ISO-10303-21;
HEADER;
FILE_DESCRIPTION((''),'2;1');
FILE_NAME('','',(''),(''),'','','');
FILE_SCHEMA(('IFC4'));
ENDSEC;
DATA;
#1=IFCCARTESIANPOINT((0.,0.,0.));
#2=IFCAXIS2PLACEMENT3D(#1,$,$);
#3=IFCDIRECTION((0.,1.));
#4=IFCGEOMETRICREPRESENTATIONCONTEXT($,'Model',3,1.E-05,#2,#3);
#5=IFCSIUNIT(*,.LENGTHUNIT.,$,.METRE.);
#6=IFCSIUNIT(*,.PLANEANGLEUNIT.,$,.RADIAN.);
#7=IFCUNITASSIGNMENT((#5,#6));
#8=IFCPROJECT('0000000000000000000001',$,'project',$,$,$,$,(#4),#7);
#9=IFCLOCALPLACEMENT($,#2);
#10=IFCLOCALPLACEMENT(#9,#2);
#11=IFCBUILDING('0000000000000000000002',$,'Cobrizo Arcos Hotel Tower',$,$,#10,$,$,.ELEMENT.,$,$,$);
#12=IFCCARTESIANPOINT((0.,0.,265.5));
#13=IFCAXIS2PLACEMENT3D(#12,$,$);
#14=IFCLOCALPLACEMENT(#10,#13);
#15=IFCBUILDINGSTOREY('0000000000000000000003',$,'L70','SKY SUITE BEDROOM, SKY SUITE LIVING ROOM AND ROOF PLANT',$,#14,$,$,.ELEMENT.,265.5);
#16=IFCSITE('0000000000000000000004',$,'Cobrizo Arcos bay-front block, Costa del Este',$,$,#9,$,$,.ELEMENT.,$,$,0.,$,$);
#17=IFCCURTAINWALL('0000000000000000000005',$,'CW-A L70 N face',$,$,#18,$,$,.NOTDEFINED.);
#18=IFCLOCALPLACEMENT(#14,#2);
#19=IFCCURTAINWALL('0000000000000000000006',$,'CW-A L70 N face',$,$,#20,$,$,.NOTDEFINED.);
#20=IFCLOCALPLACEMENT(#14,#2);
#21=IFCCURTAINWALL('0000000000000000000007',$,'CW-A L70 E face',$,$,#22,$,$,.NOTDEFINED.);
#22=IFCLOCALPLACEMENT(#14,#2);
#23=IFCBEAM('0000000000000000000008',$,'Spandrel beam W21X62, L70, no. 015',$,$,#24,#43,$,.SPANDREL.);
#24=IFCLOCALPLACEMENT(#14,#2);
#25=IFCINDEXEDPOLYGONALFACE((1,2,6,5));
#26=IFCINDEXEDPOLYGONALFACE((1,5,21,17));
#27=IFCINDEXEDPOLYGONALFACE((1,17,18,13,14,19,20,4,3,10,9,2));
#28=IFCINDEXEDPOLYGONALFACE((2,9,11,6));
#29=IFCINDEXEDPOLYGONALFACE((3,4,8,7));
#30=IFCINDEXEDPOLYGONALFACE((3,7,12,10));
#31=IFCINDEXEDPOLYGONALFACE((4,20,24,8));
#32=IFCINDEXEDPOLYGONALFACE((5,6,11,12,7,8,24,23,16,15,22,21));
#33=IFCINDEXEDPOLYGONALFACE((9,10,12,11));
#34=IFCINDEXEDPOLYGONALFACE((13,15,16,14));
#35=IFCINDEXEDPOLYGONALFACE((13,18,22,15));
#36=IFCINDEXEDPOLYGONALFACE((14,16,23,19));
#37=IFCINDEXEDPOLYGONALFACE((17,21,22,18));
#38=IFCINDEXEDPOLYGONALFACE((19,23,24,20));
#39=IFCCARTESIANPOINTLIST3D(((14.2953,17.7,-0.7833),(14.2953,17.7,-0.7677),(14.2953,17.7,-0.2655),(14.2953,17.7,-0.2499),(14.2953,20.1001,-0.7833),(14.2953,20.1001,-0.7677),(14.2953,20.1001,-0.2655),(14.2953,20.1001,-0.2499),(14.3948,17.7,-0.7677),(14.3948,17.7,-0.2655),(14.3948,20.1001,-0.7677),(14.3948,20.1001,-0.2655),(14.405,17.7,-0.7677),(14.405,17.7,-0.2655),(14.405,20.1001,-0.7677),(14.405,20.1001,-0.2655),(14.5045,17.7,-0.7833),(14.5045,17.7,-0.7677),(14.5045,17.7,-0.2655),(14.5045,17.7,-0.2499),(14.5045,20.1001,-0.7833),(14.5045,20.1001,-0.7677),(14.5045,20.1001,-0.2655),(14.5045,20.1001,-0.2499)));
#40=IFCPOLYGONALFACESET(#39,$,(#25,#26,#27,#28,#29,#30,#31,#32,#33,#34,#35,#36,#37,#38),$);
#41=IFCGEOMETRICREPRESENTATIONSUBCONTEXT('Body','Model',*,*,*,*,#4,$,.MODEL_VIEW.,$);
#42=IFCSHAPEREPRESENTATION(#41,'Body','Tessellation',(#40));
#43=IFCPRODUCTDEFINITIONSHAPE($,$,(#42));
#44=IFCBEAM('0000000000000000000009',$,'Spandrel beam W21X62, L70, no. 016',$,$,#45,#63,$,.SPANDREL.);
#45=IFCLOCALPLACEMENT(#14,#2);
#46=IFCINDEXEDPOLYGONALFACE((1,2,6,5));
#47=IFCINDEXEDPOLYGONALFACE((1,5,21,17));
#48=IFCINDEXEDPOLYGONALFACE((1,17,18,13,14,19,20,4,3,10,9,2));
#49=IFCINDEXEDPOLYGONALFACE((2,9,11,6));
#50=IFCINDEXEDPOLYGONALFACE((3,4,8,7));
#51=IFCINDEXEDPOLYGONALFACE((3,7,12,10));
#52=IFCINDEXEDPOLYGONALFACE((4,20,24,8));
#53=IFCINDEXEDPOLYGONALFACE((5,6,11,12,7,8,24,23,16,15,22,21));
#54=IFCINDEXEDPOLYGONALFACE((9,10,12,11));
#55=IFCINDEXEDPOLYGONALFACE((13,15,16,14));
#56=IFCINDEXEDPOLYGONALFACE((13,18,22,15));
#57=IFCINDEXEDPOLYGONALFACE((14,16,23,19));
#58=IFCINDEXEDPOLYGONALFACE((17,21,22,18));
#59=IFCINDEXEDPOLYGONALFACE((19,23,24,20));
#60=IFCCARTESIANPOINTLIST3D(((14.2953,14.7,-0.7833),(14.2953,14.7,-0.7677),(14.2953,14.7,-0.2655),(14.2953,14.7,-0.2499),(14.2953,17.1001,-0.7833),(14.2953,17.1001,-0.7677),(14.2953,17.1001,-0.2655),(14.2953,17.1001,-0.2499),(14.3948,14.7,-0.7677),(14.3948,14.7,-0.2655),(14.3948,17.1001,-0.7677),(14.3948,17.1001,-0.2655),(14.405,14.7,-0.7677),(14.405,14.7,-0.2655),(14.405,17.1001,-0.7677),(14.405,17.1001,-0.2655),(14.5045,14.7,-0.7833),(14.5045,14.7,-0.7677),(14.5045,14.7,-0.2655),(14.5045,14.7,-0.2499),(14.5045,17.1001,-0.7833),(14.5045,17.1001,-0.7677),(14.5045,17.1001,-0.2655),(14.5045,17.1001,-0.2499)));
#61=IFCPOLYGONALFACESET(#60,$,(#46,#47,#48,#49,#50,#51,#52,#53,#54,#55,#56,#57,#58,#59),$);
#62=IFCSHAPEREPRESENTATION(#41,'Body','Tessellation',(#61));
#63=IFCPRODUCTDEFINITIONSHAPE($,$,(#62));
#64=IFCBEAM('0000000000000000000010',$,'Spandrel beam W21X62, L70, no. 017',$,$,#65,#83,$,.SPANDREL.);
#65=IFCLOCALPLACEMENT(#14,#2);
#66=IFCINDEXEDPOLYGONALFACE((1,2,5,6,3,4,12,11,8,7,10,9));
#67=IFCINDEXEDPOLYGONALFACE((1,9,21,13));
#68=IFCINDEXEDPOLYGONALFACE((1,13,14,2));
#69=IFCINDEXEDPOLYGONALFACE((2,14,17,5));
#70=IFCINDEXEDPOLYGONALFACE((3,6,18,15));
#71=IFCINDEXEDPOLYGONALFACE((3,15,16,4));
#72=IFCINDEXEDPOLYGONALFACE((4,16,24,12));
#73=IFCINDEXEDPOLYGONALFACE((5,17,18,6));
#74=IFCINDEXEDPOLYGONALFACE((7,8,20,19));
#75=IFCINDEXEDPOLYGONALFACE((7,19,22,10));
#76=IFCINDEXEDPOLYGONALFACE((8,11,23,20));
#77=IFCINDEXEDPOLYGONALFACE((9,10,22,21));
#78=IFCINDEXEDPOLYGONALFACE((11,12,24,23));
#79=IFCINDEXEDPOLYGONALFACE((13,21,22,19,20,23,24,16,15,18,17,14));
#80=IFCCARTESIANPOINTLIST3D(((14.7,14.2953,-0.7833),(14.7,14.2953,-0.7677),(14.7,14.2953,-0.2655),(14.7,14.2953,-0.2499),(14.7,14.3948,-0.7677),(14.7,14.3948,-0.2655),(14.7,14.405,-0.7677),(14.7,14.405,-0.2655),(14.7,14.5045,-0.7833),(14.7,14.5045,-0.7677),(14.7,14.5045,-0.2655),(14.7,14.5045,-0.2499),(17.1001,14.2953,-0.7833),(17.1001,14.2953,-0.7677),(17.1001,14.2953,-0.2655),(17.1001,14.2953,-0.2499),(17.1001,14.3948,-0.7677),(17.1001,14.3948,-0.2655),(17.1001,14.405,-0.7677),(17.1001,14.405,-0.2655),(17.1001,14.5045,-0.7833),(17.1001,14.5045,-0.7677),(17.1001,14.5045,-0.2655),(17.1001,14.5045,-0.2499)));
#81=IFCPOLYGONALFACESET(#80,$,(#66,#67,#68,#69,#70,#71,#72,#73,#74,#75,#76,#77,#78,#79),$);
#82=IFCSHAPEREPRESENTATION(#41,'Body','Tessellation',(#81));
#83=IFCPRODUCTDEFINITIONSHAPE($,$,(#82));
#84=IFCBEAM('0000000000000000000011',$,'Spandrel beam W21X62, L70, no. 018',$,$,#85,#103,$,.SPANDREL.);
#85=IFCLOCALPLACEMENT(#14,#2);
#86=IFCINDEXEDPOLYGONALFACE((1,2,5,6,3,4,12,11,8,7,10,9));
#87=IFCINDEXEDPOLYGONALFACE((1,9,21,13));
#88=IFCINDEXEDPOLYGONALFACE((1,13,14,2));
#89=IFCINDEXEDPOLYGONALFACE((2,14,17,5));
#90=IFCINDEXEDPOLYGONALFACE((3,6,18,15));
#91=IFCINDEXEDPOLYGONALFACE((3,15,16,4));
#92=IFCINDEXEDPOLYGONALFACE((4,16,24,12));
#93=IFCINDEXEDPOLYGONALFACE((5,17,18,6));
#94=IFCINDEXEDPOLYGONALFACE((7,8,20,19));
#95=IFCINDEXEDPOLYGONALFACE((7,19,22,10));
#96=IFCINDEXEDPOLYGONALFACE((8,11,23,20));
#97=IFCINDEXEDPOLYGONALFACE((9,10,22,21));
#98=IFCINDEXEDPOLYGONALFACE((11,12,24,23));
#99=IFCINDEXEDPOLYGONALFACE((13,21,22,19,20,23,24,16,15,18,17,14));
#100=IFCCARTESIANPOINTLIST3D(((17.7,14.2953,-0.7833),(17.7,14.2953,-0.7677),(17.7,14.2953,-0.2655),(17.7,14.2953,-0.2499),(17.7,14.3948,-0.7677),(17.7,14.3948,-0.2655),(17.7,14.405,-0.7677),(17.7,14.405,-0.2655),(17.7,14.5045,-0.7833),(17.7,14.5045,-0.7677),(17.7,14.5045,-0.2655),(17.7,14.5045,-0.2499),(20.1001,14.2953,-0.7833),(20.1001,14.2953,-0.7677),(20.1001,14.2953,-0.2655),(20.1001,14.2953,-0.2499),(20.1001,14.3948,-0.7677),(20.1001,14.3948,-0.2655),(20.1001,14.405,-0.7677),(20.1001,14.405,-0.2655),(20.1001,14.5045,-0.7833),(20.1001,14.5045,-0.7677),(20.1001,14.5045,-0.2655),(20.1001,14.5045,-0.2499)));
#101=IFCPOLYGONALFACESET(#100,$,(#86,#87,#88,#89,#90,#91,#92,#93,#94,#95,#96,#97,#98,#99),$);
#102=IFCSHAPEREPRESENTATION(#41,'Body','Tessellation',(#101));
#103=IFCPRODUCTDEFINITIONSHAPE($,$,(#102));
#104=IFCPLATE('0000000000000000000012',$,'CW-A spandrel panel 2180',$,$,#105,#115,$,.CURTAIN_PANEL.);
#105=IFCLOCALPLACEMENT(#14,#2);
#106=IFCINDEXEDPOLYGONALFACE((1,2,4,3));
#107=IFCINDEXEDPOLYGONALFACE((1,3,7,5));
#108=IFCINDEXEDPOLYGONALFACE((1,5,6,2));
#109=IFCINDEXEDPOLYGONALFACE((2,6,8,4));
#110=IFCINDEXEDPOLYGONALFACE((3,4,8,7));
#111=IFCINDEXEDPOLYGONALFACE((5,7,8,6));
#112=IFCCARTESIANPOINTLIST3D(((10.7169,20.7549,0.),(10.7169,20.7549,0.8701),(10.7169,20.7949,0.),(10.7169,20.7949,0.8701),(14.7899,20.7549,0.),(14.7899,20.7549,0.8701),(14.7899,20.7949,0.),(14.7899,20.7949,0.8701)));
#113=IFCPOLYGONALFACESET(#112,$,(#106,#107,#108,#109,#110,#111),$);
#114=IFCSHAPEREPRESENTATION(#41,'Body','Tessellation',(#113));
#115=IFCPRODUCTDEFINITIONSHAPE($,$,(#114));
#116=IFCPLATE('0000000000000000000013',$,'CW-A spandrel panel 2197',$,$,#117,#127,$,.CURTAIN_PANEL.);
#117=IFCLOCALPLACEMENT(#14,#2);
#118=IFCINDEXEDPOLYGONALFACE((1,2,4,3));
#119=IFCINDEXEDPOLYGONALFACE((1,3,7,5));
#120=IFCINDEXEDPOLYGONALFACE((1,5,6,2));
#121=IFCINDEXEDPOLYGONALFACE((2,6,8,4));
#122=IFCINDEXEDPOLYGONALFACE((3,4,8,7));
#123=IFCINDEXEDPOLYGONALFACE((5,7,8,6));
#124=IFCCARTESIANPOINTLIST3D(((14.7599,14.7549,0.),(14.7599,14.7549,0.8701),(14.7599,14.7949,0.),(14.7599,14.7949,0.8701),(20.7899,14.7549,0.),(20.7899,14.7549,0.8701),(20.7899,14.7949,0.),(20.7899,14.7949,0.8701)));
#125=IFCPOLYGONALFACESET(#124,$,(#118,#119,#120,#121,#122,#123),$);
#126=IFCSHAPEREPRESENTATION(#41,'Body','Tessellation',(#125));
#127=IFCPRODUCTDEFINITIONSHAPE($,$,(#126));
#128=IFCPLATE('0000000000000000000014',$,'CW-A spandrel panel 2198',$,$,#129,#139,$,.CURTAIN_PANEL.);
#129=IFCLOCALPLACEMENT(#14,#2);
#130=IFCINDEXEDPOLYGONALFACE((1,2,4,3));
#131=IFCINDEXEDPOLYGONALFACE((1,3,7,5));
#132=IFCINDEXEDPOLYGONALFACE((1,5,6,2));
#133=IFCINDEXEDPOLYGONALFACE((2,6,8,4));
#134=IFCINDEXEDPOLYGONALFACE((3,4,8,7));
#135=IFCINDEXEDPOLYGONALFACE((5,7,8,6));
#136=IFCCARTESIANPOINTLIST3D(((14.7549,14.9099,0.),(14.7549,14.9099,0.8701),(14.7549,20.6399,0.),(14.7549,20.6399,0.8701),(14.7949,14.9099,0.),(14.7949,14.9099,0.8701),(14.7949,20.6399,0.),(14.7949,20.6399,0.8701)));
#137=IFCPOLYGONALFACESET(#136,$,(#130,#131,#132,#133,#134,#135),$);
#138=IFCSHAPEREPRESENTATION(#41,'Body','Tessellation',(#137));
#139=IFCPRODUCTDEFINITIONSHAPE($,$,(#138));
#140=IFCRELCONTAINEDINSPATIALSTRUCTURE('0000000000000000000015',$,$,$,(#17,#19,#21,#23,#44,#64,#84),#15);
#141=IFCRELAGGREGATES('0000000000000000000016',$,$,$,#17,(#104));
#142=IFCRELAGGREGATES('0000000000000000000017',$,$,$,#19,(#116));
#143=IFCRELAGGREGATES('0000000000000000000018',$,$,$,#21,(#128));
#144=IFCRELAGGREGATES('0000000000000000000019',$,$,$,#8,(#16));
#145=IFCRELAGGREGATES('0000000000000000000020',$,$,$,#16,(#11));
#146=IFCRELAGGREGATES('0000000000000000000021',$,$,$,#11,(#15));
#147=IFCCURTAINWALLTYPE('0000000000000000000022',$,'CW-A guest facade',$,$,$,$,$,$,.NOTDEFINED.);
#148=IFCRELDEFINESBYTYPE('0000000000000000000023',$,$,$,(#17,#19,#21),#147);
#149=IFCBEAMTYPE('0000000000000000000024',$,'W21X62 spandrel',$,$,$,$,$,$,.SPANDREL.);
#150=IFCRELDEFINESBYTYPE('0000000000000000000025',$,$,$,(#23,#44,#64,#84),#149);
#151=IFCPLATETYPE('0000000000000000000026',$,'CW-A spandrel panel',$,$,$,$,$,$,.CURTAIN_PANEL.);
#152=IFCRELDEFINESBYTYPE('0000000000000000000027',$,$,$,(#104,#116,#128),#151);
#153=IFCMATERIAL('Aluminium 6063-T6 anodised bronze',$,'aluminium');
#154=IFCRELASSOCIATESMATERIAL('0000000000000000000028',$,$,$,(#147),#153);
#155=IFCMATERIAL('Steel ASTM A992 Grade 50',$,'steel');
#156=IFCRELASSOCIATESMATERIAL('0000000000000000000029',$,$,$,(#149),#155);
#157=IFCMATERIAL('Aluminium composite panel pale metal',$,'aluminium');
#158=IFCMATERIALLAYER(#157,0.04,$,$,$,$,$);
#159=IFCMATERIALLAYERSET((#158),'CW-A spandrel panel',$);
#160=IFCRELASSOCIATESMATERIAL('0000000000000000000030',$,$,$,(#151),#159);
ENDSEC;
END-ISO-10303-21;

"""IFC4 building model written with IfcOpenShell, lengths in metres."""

from ifc_helpers import new_model, si_unit, direction, frame, origin, origin_2d, place, context, subcontext, project, spatial, rectangle, i_section, extrude, material, layer, layer_set, material_profile, profile_set, type_object, element, aggregate, save


model = new_model("IFC4")

# Units and contexts
model_context = context("Model", 3, precision=1e-05, world=origin(), true_north=direction((0.0, 1.0)))
body_context = subcontext(model_context, "Body", "Model", "MODEL_VIEW")
ifc_project = project(units=[si_unit("LENGTHUNIT", "METRE"), si_unit("PLANEANGLEUNIT", "RADIAN")], contexts=[model_context])

# Site, building, storey
site_placement = place(None, origin())
site = spatial("IfcSite", under=ifc_project, at=site_placement, Name="Cobrizo Arcos bay-front block, Costa del Este", CompositionType="ELEMENT", RefElevation=0.0)
building_placement = place(site_placement, origin())
building = spatial("IfcBuilding", under=site, at=building_placement, Name="Cobrizo Arcos Hotel Tower", CompositionType="ELEMENT")
storey_placement = place(building_placement, frame((0.0, 0.0, 265.5)))
storey = spatial("IfcBuildingStorey", under=building, at=storey_placement, Name="L70", Description="SKY SUITE BEDROOM, SKY SUITE LIVING ROOM AND ROOF PLANT", CompositionType="ELEMENT", Elevation=265.5)

# Curtain wall
ifc_material_1 = material(Name="Aluminium 6063-T6 anodised bronze", Category="aluminium")
curtain_wall_type = type_object("IfcCurtainWallType", Name="CW-A guest facade", PredefinedType="NOTDEFINED", material=ifc_material_1)
curtain_wall_1_placement = place(storey_placement, origin())
curtain_wall_1 = element("IfcCurtainWall", 1, at=curtain_wall_1_placement, inside=storey, type_object=curtain_wall_type, Name="CW-A L70 N face", PredefinedType="NOTDEFINED")

# Curtain walls
curtain_wall_2_placement = place(storey_placement, origin())
curtain_wall_2 = element("IfcCurtainWall", 2, at=curtain_wall_2_placement, inside=storey, type_object=curtain_wall_type, Name="CW-A L70 N face", PredefinedType="NOTDEFINED")
curtain_wall_3_placement = place(storey_placement, origin())
curtain_wall_3 = element("IfcCurtainWall", 3, at=curtain_wall_3_placement, inside=storey, type_object=curtain_wall_type, Name="CW-A L70 E face", PredefinedType="NOTDEFINED")

# Beams
ifc_material_2 = material(Name="Steel ASTM A992 Grade 50", Category="steel")
ifc_material_profile_1 = material_profile(ifc_material_2, i_section(OverallWidth=0.2092, OverallDepth=0.5334, WebThickness=0.0103, FlangeThickness=0.0156, at=origin_2d()), Name="W21X62")
ifc_profile_set_1 = profile_set([ifc_material_profile_1], Name="Steel ASTM A992 Grade 50")
beam_type = type_object("IfcBeamType", Name="W21X62 spandrel", PredefinedType="SPANDREL", material=ifc_profile_set_1)
for number, where, z_axis, x_axis, name in (
    (4, (14.3999, 20.1001, -0.5166), (0.0, -1.0, 0.0), (1.0, 0.0, 0.0), "Spandrel beam W21X62, L70, no. 015"),
    (5, (14.3999, 17.1001, -0.5166), (0.0, -1.0, 0.0), (1.0, 0.0, 0.0), "Spandrel beam W21X62, L70, no. 016"),
    (6, (14.7, 14.3999, -0.5166), (1.0, 0.0, 0.0), (0.0, 1.0, 0.0), "Spandrel beam W21X62, L70, no. 017"),
    (7, (17.7, 14.3999, -0.5166), (1.0, 0.0, 0.0), (0.0, 1.0, 0.0), "Spandrel beam W21X62, L70, no. 018"),
):
    element("IfcBeam", number, at=place(storey_placement, frame(where, z_axis=z_axis, x_axis=x_axis)), inside=storey, type_object=beam_type, Name=name, PredefinedType="SPANDREL", context=body_context, shape_type="SweptSolid", body=[
        extrude(i_section(OverallWidth=0.2092, OverallDepth=0.5334, WebThickness=0.0103, FlangeThickness=0.0156, at=origin_2d()), origin(), (0.0, 0.0, 1.0), 2.4001),
    ])

# Plates
ifc_material_3 = material(Name="Aluminium composite panel pale metal", Category="aluminium")
ifc_layer = layer(ifc_material_3, 0.04)
ifc_layer_set = layer_set([ifc_layer], Name="CW-A spandrel panel")
plate_type = type_object("IfcPlateType", Name="CW-A spandrel panel", PredefinedType="CURTAIN_PANEL", material=ifc_layer_set)
plate_1_placement = place(storey_placement, frame((12.7534, 20.7749, 0.0), z_axis=(0.0, 0.0, 1.0), x_axis=(-1.0, 0.0, 0.0)))
plate_1 = element("IfcPlate", 8, at=plate_1_placement, type_object=plate_type, Name="CW-A spandrel panel 2180", PredefinedType="CURTAIN_PANEL", context=body_context, shape_type="SweptSolid", body=[
    extrude(rectangle(XDim=4.073, YDim=0.04, at=origin_2d()), origin(), (0.0, 0.0, 1.0), 0.8701),
])
aggregate(curtain_wall_1, [plate_1])
plate_2_placement = place(storey_placement, frame((17.7749, 14.7749, 0.0), z_axis=(0.0, 0.0, 1.0), x_axis=(-1.0, 0.0, 0.0)))
plate_2 = element("IfcPlate", 9, at=plate_2_placement, type_object=plate_type, Name="CW-A spandrel panel 2197", PredefinedType="CURTAIN_PANEL", context=body_context, shape_type="SweptSolid", body=[
    extrude(rectangle(XDim=6.03, YDim=0.04, at=origin_2d()), origin(), (0.0, 0.0, 1.0), 0.8701),
])
aggregate(curtain_wall_2, [plate_2])
plate_3_placement = place(storey_placement, frame((14.7749, 17.7749, 0.0), z_axis=(0.0, 0.0, 1.0), x_axis=(0.0, 1.0, 0.0)))
plate_3 = element("IfcPlate", 10, at=plate_3_placement, type_object=plate_type, Name="CW-A spandrel panel 2198", PredefinedType="CURTAIN_PANEL", context=body_context, shape_type="SweptSolid", body=[
    extrude(rectangle(XDim=5.73, YDim=0.04, at=origin_2d()), origin(), (0.0, 0.0, 1.0), 0.8701),
])
aggregate(curtain_wall_3, [plate_3])

save(model, "model.ifc")
